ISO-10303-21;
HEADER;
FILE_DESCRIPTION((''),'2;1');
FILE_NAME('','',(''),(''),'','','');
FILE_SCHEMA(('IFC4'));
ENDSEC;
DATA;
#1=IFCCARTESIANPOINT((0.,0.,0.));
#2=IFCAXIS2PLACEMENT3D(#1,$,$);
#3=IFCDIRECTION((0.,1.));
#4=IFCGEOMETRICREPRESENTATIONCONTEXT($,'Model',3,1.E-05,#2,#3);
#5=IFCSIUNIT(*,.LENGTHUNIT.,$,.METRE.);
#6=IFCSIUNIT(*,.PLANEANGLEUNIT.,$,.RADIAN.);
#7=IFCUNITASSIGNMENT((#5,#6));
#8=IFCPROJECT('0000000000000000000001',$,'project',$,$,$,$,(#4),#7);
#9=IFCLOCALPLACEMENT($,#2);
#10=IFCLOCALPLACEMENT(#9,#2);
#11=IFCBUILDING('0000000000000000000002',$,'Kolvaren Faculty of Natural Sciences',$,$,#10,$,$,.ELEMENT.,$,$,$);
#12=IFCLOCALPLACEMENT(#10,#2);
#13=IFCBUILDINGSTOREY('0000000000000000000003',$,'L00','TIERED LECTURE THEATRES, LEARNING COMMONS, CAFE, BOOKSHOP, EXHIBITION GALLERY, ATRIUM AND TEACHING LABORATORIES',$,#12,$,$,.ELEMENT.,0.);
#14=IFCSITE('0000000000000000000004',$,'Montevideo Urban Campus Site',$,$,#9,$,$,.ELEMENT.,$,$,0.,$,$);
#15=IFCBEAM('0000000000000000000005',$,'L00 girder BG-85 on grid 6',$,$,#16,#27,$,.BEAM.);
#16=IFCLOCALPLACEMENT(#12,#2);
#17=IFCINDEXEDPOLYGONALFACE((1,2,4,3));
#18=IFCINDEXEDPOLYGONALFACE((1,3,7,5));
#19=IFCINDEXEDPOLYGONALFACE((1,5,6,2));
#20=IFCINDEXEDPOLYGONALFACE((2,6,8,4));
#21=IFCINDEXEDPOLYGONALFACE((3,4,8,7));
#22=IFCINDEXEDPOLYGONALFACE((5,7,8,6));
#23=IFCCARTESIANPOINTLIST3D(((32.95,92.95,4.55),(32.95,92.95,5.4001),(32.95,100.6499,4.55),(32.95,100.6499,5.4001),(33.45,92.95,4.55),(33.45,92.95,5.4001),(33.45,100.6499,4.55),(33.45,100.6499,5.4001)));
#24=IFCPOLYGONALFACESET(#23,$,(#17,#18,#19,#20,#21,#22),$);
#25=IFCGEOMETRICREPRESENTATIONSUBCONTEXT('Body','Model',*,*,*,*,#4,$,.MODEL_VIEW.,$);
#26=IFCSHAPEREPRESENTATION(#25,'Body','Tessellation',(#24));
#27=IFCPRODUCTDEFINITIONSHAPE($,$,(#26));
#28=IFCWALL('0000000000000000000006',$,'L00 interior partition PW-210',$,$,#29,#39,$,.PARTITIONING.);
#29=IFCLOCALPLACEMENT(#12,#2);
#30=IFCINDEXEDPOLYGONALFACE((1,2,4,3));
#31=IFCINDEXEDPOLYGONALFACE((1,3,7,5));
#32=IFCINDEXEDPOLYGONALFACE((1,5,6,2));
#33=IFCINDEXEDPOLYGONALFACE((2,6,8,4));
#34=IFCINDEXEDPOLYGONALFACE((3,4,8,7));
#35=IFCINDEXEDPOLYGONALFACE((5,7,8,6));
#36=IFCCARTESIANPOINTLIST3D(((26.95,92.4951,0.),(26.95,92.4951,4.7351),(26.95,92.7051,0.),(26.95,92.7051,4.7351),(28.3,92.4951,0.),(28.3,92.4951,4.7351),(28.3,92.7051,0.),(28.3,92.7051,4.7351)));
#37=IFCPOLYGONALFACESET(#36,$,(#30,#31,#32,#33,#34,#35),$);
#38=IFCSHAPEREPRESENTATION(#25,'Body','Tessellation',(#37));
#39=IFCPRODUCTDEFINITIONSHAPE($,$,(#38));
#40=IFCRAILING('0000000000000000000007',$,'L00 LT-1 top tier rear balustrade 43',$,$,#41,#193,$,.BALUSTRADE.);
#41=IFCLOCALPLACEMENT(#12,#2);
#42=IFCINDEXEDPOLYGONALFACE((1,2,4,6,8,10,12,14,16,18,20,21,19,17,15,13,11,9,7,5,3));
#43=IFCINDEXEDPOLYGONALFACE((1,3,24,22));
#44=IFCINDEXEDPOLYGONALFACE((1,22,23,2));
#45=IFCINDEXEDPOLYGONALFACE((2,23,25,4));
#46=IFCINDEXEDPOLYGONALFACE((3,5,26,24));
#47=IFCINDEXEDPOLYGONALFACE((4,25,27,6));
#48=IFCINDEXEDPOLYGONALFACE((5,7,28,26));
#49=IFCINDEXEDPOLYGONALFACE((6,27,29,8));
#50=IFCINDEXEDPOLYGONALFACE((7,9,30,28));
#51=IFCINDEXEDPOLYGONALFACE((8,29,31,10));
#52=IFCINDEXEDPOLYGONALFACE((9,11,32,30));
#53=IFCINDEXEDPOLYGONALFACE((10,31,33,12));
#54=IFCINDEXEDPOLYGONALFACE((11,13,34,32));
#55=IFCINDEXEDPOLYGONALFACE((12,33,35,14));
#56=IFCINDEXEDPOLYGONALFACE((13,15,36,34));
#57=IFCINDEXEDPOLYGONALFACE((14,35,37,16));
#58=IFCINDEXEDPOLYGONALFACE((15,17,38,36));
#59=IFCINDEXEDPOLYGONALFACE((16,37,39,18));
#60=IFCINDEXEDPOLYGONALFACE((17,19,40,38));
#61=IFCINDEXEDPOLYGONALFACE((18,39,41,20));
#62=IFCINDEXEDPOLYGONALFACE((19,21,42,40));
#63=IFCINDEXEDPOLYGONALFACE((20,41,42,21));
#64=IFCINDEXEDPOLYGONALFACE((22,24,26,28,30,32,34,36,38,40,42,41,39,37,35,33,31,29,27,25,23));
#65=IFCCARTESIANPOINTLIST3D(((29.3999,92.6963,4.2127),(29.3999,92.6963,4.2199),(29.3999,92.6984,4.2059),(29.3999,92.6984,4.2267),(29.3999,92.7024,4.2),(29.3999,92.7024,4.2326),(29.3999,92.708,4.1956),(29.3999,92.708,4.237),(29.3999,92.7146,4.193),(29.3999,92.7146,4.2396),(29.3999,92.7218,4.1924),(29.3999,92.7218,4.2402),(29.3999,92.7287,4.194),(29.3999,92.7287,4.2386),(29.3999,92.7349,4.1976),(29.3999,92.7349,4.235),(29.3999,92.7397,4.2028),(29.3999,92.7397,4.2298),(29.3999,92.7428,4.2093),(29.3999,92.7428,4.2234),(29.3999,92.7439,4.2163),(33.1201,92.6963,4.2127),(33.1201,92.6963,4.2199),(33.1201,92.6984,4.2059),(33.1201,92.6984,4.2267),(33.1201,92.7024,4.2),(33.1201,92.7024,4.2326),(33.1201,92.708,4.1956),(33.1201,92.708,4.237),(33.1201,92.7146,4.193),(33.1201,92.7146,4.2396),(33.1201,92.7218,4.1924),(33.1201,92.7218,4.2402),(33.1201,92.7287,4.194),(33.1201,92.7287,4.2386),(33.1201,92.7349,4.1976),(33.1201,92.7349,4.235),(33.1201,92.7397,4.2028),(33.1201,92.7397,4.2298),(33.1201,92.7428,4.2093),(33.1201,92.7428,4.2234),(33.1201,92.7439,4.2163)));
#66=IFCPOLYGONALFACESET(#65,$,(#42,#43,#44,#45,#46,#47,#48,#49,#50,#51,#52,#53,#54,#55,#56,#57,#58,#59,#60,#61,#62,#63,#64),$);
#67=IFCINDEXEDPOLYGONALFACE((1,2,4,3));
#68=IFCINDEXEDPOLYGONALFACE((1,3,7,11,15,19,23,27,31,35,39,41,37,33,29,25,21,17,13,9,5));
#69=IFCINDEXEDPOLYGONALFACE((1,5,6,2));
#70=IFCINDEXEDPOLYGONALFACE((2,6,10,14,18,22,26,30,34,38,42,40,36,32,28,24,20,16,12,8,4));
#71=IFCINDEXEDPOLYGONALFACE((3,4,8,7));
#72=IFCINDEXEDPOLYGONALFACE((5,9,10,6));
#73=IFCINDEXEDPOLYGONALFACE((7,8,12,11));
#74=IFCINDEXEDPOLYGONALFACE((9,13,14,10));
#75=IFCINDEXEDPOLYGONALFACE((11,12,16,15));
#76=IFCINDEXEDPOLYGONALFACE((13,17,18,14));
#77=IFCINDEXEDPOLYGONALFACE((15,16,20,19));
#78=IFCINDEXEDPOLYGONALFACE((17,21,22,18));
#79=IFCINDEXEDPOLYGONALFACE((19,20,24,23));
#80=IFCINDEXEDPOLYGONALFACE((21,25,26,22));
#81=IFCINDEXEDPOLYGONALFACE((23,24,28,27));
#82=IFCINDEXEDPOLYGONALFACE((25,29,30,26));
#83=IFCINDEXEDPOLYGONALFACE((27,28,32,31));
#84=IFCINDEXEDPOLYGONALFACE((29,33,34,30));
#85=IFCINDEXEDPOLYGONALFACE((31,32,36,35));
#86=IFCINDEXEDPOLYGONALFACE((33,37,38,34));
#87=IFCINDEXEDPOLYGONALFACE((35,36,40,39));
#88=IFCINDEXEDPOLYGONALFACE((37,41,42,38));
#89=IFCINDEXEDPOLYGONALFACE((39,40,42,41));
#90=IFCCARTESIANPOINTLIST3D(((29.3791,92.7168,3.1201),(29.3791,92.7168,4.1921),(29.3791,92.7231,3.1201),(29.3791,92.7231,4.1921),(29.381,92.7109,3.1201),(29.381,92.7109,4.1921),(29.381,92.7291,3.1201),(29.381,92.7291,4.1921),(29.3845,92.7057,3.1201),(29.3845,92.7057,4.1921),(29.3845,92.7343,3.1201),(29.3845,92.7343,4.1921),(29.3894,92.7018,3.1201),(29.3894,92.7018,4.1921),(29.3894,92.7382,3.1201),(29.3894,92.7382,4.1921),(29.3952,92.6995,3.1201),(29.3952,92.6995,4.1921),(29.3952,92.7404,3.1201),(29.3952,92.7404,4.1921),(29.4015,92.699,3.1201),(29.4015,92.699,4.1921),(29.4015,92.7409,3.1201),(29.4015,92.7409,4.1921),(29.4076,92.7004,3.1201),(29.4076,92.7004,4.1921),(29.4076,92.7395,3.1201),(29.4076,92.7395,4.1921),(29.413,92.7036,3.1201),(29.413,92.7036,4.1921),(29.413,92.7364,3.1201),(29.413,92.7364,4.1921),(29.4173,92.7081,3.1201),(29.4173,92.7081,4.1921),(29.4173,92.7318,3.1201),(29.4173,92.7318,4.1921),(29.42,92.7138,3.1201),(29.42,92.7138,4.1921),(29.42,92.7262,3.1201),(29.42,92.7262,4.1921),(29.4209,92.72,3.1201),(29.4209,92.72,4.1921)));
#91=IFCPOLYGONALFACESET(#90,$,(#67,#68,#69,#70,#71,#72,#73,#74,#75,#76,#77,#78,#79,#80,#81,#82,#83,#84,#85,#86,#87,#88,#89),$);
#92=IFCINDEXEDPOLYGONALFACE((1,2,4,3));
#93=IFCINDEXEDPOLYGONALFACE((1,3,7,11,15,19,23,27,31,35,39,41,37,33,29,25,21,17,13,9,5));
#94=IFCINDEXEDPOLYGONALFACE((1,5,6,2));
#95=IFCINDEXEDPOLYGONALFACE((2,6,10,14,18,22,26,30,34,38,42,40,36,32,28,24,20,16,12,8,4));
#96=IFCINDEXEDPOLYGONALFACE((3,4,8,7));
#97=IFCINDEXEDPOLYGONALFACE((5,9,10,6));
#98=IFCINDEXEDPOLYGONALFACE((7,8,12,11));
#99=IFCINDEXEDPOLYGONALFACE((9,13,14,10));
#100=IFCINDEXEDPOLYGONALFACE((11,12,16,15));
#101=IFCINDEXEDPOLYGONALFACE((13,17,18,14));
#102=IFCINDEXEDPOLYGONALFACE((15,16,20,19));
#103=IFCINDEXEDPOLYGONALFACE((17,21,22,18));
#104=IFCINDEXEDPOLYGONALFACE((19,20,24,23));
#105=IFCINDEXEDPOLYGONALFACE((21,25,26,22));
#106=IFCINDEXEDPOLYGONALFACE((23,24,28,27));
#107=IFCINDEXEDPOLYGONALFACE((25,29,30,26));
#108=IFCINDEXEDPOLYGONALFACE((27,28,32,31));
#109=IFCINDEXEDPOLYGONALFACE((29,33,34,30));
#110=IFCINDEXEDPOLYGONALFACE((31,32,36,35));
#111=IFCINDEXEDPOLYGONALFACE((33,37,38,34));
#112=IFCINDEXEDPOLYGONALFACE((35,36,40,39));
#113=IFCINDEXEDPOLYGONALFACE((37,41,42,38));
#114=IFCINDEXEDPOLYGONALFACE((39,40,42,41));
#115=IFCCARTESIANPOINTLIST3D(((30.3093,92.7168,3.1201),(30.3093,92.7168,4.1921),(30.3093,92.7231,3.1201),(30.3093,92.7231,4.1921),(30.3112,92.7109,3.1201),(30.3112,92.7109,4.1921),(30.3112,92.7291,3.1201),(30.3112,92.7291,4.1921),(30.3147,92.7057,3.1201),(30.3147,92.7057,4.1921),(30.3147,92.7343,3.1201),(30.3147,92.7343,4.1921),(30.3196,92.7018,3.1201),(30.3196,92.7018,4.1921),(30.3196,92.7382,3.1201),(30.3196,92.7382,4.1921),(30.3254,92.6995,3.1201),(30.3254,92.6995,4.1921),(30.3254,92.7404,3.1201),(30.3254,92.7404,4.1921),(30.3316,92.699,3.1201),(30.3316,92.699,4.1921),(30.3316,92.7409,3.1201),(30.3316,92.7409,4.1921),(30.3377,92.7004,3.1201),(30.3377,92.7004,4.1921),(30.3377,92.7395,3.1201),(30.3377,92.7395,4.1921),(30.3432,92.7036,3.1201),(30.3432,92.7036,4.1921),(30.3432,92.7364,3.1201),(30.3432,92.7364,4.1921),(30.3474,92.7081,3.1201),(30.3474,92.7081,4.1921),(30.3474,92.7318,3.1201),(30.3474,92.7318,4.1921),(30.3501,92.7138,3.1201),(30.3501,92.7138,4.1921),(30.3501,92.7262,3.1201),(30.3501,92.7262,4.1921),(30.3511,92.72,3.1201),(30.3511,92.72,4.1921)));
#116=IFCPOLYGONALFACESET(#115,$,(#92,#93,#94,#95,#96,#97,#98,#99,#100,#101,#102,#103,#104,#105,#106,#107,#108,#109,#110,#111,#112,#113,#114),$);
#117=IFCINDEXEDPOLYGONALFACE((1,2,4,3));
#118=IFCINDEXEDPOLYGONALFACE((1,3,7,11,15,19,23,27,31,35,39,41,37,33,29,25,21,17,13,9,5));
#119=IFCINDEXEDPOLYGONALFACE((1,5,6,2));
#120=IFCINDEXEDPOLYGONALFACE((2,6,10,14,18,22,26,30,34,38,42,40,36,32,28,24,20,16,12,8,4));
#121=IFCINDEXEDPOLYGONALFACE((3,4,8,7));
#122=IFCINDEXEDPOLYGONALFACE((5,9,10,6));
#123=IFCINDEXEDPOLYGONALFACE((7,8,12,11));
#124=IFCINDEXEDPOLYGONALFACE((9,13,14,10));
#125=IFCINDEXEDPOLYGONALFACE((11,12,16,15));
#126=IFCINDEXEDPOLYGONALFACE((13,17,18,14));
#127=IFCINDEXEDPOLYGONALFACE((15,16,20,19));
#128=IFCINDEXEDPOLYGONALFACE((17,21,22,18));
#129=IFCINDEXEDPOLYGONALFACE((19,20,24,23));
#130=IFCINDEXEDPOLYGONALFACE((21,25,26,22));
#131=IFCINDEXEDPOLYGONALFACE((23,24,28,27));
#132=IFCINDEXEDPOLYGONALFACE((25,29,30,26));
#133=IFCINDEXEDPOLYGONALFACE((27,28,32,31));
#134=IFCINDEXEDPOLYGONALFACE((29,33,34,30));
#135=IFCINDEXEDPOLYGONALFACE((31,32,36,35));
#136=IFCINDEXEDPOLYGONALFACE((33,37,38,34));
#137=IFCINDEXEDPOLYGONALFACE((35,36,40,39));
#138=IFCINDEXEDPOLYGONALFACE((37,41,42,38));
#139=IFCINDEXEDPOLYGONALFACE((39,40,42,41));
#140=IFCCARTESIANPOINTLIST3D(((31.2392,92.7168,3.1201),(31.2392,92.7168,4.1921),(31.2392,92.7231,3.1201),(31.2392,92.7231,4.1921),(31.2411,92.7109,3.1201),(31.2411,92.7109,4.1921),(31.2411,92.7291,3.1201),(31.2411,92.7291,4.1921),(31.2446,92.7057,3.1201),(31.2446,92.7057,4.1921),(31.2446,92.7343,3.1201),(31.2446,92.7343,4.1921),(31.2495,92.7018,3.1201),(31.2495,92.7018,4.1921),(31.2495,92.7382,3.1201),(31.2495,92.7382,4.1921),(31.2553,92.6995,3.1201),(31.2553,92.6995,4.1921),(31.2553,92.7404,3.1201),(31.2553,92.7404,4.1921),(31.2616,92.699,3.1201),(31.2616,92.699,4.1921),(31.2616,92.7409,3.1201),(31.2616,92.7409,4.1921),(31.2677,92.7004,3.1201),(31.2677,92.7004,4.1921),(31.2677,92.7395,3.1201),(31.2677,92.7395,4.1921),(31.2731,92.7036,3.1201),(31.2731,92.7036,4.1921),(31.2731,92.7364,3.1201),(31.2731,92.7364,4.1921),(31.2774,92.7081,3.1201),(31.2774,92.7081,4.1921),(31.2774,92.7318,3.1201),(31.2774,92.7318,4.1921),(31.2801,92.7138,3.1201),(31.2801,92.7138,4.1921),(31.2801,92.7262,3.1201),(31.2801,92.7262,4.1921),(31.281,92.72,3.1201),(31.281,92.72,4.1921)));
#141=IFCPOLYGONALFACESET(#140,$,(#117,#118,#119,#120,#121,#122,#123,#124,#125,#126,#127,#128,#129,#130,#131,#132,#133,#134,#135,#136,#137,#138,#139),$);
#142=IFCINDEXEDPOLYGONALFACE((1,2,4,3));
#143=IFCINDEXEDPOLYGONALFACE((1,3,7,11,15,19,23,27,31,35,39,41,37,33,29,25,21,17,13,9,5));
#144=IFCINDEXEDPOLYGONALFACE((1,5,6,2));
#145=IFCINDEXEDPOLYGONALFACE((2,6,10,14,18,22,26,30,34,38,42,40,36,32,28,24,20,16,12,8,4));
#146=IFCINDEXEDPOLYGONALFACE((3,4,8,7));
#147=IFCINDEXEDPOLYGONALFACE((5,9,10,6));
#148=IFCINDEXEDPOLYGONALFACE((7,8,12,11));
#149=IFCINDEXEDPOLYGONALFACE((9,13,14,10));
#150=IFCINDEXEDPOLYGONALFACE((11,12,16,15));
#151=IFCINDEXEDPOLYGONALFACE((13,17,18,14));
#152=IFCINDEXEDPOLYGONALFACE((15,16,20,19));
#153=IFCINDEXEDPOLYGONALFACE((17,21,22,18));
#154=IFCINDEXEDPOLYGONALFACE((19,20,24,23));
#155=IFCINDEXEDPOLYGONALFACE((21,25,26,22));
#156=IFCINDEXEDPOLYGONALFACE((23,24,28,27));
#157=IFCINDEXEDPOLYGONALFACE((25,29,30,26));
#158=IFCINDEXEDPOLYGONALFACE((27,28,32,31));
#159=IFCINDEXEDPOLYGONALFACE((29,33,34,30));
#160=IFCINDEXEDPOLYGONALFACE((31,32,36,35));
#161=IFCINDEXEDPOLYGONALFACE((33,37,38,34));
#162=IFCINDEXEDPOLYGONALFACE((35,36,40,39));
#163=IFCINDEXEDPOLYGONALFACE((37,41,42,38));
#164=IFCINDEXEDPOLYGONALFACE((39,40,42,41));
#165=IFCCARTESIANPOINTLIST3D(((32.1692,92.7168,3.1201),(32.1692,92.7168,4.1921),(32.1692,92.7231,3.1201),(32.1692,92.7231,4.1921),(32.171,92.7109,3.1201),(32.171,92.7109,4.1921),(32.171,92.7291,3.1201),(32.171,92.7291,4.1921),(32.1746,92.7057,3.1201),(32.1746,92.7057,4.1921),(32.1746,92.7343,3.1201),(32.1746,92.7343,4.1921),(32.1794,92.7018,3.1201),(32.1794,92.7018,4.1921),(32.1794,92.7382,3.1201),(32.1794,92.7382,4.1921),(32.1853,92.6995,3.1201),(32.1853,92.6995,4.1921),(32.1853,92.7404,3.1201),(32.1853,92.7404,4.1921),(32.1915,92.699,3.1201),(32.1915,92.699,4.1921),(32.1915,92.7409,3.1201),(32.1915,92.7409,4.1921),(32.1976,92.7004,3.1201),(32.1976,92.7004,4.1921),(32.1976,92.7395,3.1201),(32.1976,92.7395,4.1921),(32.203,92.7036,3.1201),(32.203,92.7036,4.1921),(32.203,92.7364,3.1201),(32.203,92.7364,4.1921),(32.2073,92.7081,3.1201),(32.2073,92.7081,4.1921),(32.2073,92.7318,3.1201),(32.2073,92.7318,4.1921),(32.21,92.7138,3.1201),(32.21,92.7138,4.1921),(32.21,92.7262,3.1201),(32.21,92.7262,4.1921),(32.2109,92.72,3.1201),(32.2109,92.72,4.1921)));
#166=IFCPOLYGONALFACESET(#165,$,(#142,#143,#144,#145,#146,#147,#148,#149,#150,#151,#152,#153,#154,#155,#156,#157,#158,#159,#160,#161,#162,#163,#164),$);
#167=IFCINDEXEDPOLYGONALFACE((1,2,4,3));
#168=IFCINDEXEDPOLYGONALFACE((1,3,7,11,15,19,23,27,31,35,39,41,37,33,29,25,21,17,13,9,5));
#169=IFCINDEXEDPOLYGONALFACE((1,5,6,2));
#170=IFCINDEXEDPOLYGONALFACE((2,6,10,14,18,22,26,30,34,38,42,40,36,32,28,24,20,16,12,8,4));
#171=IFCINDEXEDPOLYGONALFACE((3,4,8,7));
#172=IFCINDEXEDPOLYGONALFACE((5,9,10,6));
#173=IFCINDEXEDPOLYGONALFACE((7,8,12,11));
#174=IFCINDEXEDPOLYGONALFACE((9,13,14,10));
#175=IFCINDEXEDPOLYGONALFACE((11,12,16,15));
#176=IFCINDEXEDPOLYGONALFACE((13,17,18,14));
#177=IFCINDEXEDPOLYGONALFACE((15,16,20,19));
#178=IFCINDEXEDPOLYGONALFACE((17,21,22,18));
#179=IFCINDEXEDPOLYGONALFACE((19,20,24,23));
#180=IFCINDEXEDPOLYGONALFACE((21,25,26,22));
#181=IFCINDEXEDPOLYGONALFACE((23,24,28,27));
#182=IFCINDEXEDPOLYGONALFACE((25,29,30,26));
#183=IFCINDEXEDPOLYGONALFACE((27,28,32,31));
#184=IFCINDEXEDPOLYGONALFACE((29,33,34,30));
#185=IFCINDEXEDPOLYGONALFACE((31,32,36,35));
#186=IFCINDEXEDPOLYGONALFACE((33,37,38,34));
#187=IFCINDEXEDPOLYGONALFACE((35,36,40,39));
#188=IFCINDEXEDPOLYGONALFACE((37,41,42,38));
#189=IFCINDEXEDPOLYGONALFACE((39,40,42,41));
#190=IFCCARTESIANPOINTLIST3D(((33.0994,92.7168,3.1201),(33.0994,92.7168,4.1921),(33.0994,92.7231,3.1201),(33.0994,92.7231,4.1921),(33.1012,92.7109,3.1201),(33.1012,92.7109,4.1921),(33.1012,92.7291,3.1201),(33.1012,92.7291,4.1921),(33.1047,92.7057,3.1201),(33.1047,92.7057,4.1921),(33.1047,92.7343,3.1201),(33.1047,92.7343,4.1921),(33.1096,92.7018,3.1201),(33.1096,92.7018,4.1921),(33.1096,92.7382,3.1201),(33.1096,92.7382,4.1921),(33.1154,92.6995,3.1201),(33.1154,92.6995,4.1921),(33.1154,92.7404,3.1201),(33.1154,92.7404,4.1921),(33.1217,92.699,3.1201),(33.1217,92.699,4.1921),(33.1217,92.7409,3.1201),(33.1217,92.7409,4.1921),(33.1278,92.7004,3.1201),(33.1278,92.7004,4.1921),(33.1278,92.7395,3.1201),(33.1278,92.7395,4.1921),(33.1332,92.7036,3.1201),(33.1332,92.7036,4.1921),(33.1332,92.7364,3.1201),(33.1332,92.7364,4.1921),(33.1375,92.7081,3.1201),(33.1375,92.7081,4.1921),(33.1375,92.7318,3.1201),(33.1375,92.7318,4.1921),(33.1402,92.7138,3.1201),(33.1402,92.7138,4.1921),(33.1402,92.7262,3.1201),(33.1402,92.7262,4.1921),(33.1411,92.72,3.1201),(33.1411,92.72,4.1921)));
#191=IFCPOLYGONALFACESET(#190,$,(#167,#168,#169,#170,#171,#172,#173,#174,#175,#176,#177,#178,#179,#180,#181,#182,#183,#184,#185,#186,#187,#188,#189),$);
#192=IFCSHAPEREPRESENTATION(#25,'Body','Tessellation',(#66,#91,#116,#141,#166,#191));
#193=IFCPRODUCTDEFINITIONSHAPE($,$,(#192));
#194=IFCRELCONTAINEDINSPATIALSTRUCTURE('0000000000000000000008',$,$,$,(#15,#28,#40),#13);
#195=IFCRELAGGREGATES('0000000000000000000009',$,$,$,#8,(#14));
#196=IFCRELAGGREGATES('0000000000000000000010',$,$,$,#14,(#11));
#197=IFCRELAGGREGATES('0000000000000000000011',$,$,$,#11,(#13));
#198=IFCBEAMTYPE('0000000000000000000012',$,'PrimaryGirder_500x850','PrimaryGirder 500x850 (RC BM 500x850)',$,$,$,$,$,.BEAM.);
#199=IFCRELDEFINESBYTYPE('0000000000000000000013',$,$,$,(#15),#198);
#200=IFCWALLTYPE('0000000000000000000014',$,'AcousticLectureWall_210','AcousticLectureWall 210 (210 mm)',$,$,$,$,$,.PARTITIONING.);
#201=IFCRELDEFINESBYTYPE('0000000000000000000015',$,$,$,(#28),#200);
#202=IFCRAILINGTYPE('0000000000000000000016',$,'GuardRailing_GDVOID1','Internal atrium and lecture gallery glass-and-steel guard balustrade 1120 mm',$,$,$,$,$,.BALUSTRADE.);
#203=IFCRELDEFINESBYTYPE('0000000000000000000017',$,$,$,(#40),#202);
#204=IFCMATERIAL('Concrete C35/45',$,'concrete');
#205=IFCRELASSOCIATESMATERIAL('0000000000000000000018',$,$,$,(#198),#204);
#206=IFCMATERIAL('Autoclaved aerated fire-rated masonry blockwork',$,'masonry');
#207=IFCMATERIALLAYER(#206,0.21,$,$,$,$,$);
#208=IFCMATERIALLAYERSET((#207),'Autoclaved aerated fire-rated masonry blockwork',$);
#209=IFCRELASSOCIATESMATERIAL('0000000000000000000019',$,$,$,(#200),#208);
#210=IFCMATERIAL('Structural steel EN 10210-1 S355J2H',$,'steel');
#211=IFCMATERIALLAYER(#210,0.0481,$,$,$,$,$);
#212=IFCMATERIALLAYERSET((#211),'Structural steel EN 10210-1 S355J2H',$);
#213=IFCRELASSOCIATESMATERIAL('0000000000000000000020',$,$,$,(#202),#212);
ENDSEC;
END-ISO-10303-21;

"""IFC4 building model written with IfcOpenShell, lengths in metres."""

from ifc_helpers import new_model, si_unit, direction, frame, frame_2d, origin, origin_2d, place, context, subcontext, project, spatial, rectangle, circle, extrude, material, layer, layer_set, material_profile, profile_set, type_object, element, save


model = new_model("IFC4")

# Units and contexts
model_context = context("Model", 3, precision=1e-05, world=origin(), true_north=direction((0.0, 1.0)))
body_context = subcontext(model_context, "Body", "Model", "MODEL_VIEW")
ifc_project = project(units=[si_unit("LENGTHUNIT", "METRE"), si_unit("PLANEANGLEUNIT", "RADIAN")], contexts=[model_context])

# Site, building, storey
site_placement = place(None, origin())
site = spatial("IfcSite", under=ifc_project, at=site_placement, Name="Montevideo Urban Campus Site", CompositionType="ELEMENT", RefElevation=0.0)
building_placement = place(site_placement, origin())
building = spatial("IfcBuilding", under=site, at=building_placement, Name="Kolvaren Faculty of Natural Sciences", CompositionType="ELEMENT")
storey_placement = place(building_placement, origin())
storey = spatial("IfcBuildingStorey", under=building, at=storey_placement, Name="L00", Description="TIERED LECTURE THEATRES, LEARNING COMMONS, CAFE, BOOKSHOP, EXHIBITION GALLERY, ATRIUM AND TEACHING LABORATORIES", CompositionType="ELEMENT", Elevation=0.0)

# Shared definitions
ifc_material_1 = material(Name="Concrete C35/45", Category="concrete")

# Beam
ifc_material_profile_1 = material_profile(ifc_material_1, rectangle(XDim=0.5, YDim=0.8501, at=origin_2d()), Name="RC BM 500x850")
ifc_profile_set_1 = profile_set([ifc_material_profile_1], Name="Concrete C35/45")
beam_type_1 = type_object("IfcBeamType", Name="PrimaryGirder_500x850", Description="PrimaryGirder 500x850 (RC BM 500x850)", PredefinedType="BEAM", material=ifc_profile_set_1)
for number, where, z_axis, x_axis, name in (
    (1, (33.2, 92.95, 4.9751), (0.0, 1.0, 0.0), (-1.0, 0.0, 0.0), "L00 girder BG-85 on grid 6"),
):
    element("IfcBeam", number, at=place(storey_placement, frame(where, z_axis=z_axis, x_axis=x_axis)), inside=storey, type_object=beam_type_1, Name=name, PredefinedType="BEAM", context=body_context, shape_type="SweptSolid", body=[
        extrude(rectangle(XDim=0.5, YDim=0.8501, at=origin_2d()), origin(), (0.0, 0.0, 1.0), 7.7),
    ])

# Wall
ifc_material_2 = material(Name="Autoclaved aerated fire-rated masonry blockwork", Category="masonry")
ifc_layer_1 = layer(ifc_material_2, 0.21)
ifc_layer_set_1 = layer_set([ifc_layer_1], Name="Autoclaved aerated fire-rated masonry blockwork")
wall_type = type_object("IfcWallType", Name="AcousticLectureWall_210", Description="AcousticLectureWall 210 (210 mm)", PredefinedType="PARTITIONING", material=ifc_layer_set_1)
wall_placement = place(storey_placement, frame((26.95, 92.6001, 0.0), z_axis=(0.0, 0.0, 1.0), x_axis=(1.0, 0.0, 0.0)))
element("IfcWall", 2, at=wall_placement, inside=storey, type_object=wall_type, Name="L00 interior partition PW-210", PredefinedType="PARTITIONING", context=body_context, shape_type="SweptSolid", body=[
    extrude(rectangle(XDim=1.3501, YDim=0.21, at=frame_2d((0.675, 0.0))), origin(), (0.0, 0.0, 1.0), 4.7351),
])

# Railing
ifc_material_3 = material(Name="Structural steel EN 10210-1 S355J2H", Category="steel")
ifc_layer_2 = layer(ifc_material_3, 0.0481)
ifc_layer_set_2 = layer_set([ifc_layer_2], Name="Structural steel EN 10210-1 S355J2H")
railing_type = type_object("IfcRailingType", Name="GuardRailing_GDVOID1", Description="Internal atrium and lecture gallery glass-and-steel guard balustrade 1120 mm", PredefinedType="BALUSTRADE", material=ifc_layer_set_2)
railing_1_placement = place(storey_placement, frame((29.3999, 92.72, 3.1201)))
element("IfcRailing", 3, at=railing_1_placement, inside=storey, type_object=railing_type, Name="L00 LT-1 top tier rear balustrade 43", PredefinedType="BALUSTRADE", context=body_context, shape_type="SweptSolid", body=[
    extrude(circle(Radius=0.0239, at=origin_2d()), frame((0.0, 0.0, 1.0962), z_axis=(1.0, 0.0, 0.0), x_axis=(0.0, 1.0, 0.0)), (0.0, 0.0, 1.0), 3.7202),
    extrude(circle(Radius=0.021, at=origin_2d()), origin(), (0.0, 0.0, 1.0), 1.072),
    extrude(circle(Radius=0.021, at=origin_2d()), frame((0.9302, 0.0, 0.0)), (0.0, 0.0, 1.0), 1.072),
    extrude(circle(Radius=0.021, at=origin_2d()), frame((1.8601, 0.0, 0.0)), (0.0, 0.0, 1.0), 1.072),
    extrude(circle(Radius=0.021, at=origin_2d()), frame((2.79, 0.0, 0.0)), (0.0, 0.0, 1.0), 1.072),
    extrude(circle(Radius=0.021, at=origin_2d()), frame((3.7202, 0.0, 0.0)), (0.0, 0.0, 1.0), 1.072),
])

save(model, "model.ifc")
